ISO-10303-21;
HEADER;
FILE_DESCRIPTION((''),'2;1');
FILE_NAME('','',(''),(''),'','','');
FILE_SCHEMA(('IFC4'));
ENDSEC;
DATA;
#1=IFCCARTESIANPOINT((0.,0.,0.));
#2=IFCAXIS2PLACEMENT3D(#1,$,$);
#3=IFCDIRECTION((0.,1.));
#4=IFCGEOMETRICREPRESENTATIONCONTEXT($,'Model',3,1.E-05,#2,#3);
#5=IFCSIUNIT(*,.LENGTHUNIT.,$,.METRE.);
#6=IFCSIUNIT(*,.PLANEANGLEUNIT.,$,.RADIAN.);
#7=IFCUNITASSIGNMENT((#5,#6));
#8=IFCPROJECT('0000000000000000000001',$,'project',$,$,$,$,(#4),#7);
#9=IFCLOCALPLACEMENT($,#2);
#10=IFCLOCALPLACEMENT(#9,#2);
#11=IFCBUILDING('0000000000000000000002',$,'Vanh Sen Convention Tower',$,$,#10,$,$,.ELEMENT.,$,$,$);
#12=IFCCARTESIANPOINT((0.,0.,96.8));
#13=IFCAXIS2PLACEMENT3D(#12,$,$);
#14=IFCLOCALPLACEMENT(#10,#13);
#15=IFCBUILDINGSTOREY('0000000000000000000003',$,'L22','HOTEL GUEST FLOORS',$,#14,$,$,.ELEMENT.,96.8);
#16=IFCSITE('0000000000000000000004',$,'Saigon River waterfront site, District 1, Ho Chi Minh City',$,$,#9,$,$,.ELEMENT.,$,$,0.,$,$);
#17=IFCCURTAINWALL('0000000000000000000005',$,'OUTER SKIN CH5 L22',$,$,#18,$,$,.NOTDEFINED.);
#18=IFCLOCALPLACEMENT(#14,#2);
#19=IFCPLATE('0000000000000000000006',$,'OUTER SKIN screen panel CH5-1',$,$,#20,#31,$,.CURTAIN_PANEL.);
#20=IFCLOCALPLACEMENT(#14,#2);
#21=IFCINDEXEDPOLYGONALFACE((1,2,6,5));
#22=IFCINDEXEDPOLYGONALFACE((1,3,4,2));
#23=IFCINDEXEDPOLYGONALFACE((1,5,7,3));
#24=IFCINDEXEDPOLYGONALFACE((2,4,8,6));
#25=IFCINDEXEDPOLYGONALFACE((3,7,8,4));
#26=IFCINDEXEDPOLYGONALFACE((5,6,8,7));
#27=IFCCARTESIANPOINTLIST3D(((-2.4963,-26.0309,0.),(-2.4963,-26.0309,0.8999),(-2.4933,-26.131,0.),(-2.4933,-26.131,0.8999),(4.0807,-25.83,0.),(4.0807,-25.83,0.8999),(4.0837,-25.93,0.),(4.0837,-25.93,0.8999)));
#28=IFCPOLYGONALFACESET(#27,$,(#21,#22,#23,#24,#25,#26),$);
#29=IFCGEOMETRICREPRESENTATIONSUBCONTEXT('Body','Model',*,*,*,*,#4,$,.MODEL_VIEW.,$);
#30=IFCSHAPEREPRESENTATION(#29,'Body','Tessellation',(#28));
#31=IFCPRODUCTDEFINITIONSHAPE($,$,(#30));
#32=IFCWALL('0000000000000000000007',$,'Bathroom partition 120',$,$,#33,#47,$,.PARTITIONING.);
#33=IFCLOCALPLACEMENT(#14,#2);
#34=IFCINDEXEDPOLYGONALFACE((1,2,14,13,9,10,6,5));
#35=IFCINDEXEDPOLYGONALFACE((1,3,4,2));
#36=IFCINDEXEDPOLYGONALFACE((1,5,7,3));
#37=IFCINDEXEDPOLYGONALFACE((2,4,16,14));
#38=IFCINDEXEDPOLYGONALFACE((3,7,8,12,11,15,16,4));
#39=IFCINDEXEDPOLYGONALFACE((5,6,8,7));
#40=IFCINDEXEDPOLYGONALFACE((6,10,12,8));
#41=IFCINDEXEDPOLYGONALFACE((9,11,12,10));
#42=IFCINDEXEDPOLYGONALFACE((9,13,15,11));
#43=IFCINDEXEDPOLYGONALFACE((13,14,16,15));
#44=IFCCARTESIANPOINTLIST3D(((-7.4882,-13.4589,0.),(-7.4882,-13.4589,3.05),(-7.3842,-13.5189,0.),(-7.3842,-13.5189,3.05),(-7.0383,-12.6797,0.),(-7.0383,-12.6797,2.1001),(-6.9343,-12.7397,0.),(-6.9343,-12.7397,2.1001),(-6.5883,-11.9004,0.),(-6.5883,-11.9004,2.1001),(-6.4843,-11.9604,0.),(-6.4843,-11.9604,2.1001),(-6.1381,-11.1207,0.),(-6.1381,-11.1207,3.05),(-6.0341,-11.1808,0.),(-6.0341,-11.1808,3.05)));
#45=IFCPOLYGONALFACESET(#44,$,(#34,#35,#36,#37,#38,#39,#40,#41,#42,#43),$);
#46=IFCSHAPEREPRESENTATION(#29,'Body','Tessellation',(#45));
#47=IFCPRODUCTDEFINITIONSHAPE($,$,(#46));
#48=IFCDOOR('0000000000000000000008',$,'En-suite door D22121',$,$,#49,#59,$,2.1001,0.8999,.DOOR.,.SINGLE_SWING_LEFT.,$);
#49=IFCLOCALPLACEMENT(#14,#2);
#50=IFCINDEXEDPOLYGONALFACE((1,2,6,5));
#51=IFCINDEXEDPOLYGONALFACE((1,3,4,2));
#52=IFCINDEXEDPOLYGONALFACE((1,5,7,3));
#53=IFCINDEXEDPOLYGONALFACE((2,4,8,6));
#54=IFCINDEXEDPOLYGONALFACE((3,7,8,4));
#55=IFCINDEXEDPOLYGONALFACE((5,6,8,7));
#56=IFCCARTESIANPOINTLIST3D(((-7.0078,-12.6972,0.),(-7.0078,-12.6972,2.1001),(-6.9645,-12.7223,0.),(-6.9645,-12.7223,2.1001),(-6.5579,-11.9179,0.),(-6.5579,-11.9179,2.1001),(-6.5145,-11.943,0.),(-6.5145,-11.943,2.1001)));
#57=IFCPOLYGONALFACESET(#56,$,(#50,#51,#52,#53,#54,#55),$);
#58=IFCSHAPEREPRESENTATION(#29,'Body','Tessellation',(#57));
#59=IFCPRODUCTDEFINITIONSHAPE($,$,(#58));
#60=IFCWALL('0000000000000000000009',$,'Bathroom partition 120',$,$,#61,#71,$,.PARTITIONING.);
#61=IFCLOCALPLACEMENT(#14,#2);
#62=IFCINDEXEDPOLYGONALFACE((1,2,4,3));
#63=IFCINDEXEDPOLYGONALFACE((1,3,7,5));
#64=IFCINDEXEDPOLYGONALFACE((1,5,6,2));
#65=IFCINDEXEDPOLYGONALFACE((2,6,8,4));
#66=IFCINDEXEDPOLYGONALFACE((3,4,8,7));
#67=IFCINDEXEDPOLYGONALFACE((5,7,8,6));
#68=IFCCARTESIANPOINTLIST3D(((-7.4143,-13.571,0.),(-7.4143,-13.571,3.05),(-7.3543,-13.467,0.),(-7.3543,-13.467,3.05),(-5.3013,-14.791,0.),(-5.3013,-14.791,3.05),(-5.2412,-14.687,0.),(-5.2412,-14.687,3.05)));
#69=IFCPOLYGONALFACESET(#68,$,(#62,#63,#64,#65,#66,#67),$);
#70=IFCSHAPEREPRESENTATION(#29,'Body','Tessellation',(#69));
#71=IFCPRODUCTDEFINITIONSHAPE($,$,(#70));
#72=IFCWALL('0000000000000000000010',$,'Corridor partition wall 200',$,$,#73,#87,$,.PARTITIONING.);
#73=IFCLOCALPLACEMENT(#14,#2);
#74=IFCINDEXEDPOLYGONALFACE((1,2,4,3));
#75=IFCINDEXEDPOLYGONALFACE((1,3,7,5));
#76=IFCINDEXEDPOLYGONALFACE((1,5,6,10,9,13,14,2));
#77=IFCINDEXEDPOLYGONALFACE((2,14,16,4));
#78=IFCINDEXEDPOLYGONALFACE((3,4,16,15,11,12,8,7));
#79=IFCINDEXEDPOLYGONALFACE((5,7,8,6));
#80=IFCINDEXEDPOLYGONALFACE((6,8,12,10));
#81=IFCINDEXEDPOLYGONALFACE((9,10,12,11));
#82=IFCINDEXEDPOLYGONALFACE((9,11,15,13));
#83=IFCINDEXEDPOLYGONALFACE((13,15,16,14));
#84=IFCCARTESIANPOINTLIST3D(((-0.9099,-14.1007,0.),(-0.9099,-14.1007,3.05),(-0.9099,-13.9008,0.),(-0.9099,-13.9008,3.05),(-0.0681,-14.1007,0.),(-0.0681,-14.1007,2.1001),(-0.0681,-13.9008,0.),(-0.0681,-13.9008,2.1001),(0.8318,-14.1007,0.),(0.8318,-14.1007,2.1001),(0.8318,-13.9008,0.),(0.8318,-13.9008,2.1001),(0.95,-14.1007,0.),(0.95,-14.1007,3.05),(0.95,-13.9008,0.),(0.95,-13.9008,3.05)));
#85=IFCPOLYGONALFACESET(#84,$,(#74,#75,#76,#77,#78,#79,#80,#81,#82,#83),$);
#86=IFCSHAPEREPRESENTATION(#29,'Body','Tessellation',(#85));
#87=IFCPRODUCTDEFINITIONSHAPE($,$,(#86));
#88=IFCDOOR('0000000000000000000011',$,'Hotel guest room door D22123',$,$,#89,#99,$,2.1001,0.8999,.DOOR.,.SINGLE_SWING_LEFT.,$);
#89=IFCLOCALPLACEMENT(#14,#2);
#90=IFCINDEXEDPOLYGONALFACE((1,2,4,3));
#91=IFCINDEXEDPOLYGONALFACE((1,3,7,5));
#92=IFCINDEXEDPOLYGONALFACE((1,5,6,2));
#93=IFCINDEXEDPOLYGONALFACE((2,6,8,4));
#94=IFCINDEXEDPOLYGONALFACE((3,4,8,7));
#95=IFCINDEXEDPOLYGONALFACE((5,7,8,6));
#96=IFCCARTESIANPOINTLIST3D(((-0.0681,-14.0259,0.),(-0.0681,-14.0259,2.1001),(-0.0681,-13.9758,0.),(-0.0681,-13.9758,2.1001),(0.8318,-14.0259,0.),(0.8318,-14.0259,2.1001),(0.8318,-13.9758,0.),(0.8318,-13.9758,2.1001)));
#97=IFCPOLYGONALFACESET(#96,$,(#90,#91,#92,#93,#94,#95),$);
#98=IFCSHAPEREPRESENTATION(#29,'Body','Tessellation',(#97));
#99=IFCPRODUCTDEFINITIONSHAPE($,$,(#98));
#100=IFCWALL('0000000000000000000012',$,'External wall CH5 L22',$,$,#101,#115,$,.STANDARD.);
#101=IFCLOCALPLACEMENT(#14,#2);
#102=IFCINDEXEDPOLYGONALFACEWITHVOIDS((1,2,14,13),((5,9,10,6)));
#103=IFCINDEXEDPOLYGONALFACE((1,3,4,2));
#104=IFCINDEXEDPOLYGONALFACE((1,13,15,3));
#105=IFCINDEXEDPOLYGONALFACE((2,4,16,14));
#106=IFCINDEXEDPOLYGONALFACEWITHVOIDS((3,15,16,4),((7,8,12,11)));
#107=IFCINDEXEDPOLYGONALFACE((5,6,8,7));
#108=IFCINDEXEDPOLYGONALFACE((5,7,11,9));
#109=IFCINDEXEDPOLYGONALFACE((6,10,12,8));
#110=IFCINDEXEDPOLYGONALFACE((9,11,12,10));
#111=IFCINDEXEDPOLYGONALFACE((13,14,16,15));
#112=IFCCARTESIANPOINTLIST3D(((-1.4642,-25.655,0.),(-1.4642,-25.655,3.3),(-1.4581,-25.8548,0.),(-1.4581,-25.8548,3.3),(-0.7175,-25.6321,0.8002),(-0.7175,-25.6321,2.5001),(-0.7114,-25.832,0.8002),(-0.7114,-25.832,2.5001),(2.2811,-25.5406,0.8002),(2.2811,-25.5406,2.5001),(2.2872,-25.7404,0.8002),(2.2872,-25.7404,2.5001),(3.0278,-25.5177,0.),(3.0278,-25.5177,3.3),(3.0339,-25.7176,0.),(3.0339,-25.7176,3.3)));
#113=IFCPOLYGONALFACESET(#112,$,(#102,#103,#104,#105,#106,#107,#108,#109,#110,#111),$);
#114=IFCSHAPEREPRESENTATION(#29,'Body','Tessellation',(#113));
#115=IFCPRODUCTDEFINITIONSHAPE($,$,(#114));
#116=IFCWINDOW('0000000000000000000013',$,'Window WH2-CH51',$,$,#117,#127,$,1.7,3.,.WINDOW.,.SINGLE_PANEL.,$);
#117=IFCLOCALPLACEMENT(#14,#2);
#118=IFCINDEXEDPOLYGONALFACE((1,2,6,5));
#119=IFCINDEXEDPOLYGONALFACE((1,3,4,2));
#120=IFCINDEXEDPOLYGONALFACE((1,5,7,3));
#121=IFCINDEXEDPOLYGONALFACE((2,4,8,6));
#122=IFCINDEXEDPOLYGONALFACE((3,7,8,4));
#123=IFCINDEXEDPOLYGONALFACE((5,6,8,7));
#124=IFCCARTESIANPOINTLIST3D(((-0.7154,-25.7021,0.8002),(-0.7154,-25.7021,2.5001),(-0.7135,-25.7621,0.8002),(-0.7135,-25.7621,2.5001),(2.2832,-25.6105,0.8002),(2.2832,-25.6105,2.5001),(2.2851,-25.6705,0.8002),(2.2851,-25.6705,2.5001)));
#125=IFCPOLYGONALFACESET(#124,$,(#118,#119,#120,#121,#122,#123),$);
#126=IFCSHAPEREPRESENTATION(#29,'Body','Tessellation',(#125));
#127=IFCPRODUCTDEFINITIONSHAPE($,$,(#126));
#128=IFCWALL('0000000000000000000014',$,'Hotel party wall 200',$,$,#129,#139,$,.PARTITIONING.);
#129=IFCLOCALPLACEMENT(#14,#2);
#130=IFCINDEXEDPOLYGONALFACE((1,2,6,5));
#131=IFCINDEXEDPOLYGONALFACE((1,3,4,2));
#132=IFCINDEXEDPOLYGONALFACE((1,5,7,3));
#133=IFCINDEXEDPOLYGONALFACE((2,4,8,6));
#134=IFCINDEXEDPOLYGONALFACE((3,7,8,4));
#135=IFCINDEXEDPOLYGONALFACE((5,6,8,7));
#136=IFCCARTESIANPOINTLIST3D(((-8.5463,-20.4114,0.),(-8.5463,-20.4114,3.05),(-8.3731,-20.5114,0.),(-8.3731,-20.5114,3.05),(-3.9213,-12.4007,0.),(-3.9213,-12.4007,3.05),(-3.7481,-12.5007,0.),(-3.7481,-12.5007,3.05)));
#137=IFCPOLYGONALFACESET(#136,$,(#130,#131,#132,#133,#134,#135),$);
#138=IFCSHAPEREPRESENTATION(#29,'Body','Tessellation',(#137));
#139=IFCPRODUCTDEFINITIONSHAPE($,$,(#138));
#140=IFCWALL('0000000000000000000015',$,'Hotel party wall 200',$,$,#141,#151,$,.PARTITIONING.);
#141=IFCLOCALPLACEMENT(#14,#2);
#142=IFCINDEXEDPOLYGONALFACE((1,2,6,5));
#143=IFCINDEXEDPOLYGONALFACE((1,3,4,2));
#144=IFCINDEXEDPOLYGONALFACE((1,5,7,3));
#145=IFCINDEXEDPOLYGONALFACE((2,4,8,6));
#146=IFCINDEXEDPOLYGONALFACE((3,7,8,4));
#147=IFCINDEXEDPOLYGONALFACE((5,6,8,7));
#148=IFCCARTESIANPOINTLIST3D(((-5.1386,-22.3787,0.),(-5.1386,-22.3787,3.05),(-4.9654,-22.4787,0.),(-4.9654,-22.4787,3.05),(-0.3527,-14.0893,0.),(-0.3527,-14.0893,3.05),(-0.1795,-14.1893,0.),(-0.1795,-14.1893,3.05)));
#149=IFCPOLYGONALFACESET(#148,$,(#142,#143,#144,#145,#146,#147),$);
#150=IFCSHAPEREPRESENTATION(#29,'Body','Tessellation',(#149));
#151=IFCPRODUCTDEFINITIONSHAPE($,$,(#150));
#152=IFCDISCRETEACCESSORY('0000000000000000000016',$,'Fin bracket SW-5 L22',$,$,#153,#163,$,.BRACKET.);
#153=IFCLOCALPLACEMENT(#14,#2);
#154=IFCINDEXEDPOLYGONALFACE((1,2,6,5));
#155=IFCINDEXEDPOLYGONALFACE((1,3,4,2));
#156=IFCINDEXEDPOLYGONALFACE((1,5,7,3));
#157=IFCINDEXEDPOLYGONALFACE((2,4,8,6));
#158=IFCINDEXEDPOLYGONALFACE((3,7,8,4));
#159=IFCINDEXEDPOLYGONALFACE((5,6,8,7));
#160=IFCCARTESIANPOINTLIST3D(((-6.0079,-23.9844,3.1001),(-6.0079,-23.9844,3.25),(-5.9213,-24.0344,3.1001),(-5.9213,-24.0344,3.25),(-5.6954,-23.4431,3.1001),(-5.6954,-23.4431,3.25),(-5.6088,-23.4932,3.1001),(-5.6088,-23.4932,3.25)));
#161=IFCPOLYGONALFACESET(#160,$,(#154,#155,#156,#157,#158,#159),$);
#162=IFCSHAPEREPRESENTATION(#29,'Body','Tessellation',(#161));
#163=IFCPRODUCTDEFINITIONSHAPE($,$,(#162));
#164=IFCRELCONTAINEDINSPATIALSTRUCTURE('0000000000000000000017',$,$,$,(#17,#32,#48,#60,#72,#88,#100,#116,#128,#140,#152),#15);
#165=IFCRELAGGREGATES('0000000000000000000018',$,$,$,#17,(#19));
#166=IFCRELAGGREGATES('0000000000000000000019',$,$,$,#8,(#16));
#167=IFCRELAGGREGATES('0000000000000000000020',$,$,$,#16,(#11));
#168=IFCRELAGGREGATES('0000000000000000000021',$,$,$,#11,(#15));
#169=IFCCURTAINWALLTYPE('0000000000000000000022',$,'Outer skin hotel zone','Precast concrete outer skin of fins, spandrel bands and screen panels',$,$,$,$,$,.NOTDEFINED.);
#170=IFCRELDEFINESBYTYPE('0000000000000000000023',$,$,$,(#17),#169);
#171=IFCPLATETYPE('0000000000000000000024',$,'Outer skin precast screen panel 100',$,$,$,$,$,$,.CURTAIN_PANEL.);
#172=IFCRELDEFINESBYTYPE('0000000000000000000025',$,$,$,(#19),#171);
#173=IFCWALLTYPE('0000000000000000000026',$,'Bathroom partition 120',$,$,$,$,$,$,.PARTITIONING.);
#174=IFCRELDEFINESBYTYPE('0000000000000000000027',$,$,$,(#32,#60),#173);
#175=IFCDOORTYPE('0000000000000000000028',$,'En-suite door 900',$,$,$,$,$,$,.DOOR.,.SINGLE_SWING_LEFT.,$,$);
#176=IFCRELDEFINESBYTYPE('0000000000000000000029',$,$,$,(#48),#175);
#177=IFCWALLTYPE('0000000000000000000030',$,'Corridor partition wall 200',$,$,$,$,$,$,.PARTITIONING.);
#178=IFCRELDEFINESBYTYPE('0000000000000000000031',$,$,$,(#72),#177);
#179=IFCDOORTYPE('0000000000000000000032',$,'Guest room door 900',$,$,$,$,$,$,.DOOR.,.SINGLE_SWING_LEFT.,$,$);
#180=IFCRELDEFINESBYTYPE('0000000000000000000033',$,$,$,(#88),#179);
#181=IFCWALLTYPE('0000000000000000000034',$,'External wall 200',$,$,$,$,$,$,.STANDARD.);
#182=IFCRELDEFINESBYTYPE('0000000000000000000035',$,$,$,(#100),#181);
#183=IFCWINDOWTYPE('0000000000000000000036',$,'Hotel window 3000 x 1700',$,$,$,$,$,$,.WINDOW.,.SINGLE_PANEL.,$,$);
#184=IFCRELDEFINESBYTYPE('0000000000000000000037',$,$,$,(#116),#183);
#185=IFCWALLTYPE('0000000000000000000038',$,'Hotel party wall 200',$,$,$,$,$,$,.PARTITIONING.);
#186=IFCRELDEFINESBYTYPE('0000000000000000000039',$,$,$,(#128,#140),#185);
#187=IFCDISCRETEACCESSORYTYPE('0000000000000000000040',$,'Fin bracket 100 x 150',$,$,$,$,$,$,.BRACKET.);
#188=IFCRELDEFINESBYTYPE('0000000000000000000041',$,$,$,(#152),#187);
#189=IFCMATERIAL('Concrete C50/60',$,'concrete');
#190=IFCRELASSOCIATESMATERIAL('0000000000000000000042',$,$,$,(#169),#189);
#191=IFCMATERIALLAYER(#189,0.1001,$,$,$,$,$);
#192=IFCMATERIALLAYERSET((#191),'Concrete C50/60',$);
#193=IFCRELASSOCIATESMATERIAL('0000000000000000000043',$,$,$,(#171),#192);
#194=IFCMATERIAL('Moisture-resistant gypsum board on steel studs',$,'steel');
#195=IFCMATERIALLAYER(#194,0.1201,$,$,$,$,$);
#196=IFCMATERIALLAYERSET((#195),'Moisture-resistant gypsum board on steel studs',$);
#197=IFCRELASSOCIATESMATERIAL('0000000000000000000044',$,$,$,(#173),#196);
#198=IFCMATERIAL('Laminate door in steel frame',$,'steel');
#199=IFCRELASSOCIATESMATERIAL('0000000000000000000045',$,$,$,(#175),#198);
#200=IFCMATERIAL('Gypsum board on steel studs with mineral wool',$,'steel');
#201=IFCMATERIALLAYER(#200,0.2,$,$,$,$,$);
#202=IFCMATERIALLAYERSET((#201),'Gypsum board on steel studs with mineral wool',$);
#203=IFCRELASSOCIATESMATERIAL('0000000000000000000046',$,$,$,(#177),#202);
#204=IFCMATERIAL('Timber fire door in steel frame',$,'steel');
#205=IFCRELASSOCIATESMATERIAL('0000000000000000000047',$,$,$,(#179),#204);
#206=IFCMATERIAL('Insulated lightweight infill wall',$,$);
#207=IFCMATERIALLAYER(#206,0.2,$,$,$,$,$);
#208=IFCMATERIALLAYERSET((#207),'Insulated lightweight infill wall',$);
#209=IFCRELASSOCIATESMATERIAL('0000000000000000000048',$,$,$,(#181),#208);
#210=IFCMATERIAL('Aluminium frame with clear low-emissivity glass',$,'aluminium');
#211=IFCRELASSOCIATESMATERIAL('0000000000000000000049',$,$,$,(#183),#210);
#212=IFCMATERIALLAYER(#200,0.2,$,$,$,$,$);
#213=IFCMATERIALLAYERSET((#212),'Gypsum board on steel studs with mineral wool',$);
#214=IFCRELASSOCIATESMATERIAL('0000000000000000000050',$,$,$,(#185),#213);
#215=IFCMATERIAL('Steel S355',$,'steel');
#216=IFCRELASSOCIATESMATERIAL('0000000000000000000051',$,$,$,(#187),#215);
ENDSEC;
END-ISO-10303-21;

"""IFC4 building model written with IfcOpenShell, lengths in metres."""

from ifc_helpers import new_model, si_unit, direction, frame, frame_2d, origin, origin_2d, place, context, subcontext, project, spatial, rectangle, extrude, material, layer, layer_set, type_object, element, fill, aggregate, save


model = new_model("IFC4")

# Units and contexts
model_context = context("Model", 3, precision=1e-05, world=origin(), true_north=direction((0.0, 1.0)))
body_context = subcontext(model_context, "Body", "Model", "MODEL_VIEW")
ifc_project = project(units=[si_unit("LENGTHUNIT", "METRE"), si_unit("PLANEANGLEUNIT", "RADIAN")], contexts=[model_context])

# Site, building, storey
site_placement = place(None, origin())
site = spatial("IfcSite", under=ifc_project, at=site_placement, Name="Saigon River waterfront site, District 1, Ho Chi Minh City", CompositionType="ELEMENT", RefElevation=0.0)
building_placement = place(site_placement, origin())
building = spatial("IfcBuilding", under=site, at=building_placement, Name="Vanh Sen Convention Tower", CompositionType="ELEMENT")
storey_placement = place(building_placement, frame((0.0, 0.0, 96.8)))
storey = spatial("IfcBuildingStorey", under=building, at=storey_placement, Name="L22", Description="HOTEL GUEST FLOORS", CompositionType="ELEMENT", Elevation=96.8)

# Shared definitions
ifc_material_1 = material(Name="Concrete C50/60", Category="concrete")
curtain_wall_type = type_object("IfcCurtainWallType", Name="Outer skin hotel zone", Description="Precast concrete outer skin of fins, spandrel bands and screen panels", PredefinedType="NOTDEFINED", material=ifc_material_1)

# Curtain wall
curtain_wall_1_placement = place(storey_placement, origin())
curtain_wall_1 = element("IfcCurtainWall", 1, at=curtain_wall_1_placement, inside=storey, type_object=curtain_wall_type, Name="OUTER SKIN CH5 L22", PredefinedType="NOTDEFINED")

# Plate
ifc_layer_1 = layer(ifc_material_1, 0.1001)
ifc_layer_set_1 = layer_set([ifc_layer_1], Name="Concrete C50/60")
plate_type = type_object("IfcPlateType", Name="Outer skin precast screen panel 100", PredefinedType="CURTAIN_PANEL", material=ifc_layer_set_1)
plate_1_placement = place(storey_placement, frame((0.7937, -25.9805, 0.0), z_axis=(0.0, 0.0, 1.0), x_axis=(0.999533, 0.030542, 0.0)))
plate_1 = element("IfcPlate", 2, at=plate_1_placement, type_object=plate_type, Name="OUTER SKIN screen panel CH5-1", PredefinedType="CURTAIN_PANEL", context=body_context, shape_type="SweptSolid", body=[
    extrude(rectangle(XDim=6.5801, YDim=0.1001, at=origin_2d()), origin(), (0.0, 0.0, 1.0), 0.8999),
])
aggregate(curtain_wall_1, [plate_1])

# Wall, opening, door
ifc_material_2 = material(Name="Moisture-resistant gypsum board on steel studs", Category="steel")
ifc_layer_2 = layer(ifc_material_2, 0.1201)
ifc_layer_set_2 = layer_set([ifc_layer_2], Name="Moisture-resistant gypsum board on steel studs")
wall_type_1 = type_object("IfcWallType", Name="Bathroom partition 120", PredefinedType="PARTITIONING", material=ifc_layer_set_2)
wall_1_placement = place(storey_placement, frame((-7.4363, -13.489, 0.0), z_axis=(0.0, 0.0, 1.0), x_axis=(0.500049, 0.865997, 0.0)))
wall_1 = element("IfcWall", 3, at=wall_1_placement, inside=storey, type_object=wall_type_1, Name="Bathroom partition 120", PredefinedType="PARTITIONING", context=body_context, shape_type="SweptSolid", body=[
    extrude(rectangle(XDim=2.7, YDim=0.1201, at=frame_2d((1.3501, 0.0))), origin(), (0.0, 0.0, 1.0), 3.05),
])
opening_1_placement = place(wall_1_placement, frame((0.8999, 0.0, 0.0)))
opening_1 = element("IfcOpeningElement", 4, at=opening_1_placement, cuts=wall_1, PredefinedType="OPENING", context=body_context, shape_type="SweptSolid", body=[
    extrude(rectangle(XDim=0.8999, YDim=2.1001, at=frame_2d((0.45, 1.05))), frame((0.0, 0.0701, 0.0), z_axis=(0.0, -1.0, 0.0), x_axis=(1.0, 0.0, 0.0)), (0.0, 0.0, 1.0), 0.1401),
])
ifc_material_3 = material(Name="Laminate door in steel frame", Category="steel")
door_type_1 = type_object("IfcDoorType", Name="En-suite door 900", OperationType="SINGLE_SWING_LEFT", PredefinedType="DOOR", material=ifc_material_3)
door_1_placement = place(opening_1_placement, origin())
door_1 = element("IfcDoor", 5, at=door_1_placement, inside=storey, type_object=door_type_1, Name="En-suite door D22121", OperationType="SINGLE_SWING_LEFT", OverallHeight=2.1001, OverallWidth=0.8999, PredefinedType="DOOR", context=body_context, shape_type="SweptSolid", body=[
    extrude(rectangle(XDim=0.8999, YDim=2.1001, at=frame_2d((0.45, 1.05))), frame((0.0, 0.0249, 0.0), z_axis=(0.0, -1.0, 0.0), x_axis=(1.0, 0.0, 0.0)), (0.0, 0.0, 1.0), 0.05),
])
fill(opening_1, door_1)

# Wall
wall_2_placement = place(storey_placement, frame((-5.2712, -14.739, 0.0), z_axis=(0.0, 0.0, 1.0), x_axis=(-0.866024, 0.500003, 0.0)))
element("IfcWall", 6, at=wall_2_placement, inside=storey, type_object=wall_type_1, Name="Bathroom partition 120", PredefinedType="PARTITIONING", context=body_context, shape_type="SweptSolid", body=[
    extrude(rectangle(XDim=2.4399, YDim=0.1201, at=frame_2d((1.22, 0.0))), origin(), (0.0, 0.0, 1.0), 3.05),
])

# Wall, opening, door
ifc_material_4 = material(Name="Gypsum board on steel studs with mineral wool", Category="steel")
ifc_layer_3 = layer(ifc_material_4, 0.2)
ifc_layer_set_3 = layer_set([ifc_layer_3], Name="Gypsum board on steel studs with mineral wool")
wall_type_2 = type_object("IfcWallType", Name="Corridor partition wall 200", PredefinedType="PARTITIONING", material=ifc_layer_set_3)
wall_3_placement = place(storey_placement, frame((-0.9099, -14.0007, 0.0), z_axis=(0.0, 0.0, 1.0), x_axis=(1.0, 0.0, 0.0)))
wall_3 = element("IfcWall", 7, at=wall_3_placement, inside=storey, type_object=wall_type_2, Name="Corridor partition wall 200", PredefinedType="PARTITIONING", context=body_context, shape_type="SweptSolid", body=[
    extrude(rectangle(XDim=1.8599, YDim=0.2, at=frame_2d((0.9299, 0.0))), origin(), (0.0, 0.0, 1.0), 3.05),
])
opening_2_placement = place(wall_3_placement, frame((0.8418, 0.0, 0.0)))
opening_2 = element("IfcOpeningElement", 8, at=opening_2_placement, cuts=wall_3, PredefinedType="OPENING", context=body_context, shape_type="SweptSolid", body=[
    extrude(rectangle(XDim=0.8999, YDim=2.1001, at=frame_2d((0.45, 1.05))), frame((0.0, 0.1099, 0.0), z_axis=(0.0, -1.0, 0.0), x_axis=(1.0, 0.0, 0.0)), (0.0, 0.0, 1.0), 0.22),
])
ifc_material_5 = material(Name="Timber fire door in steel frame", Category="steel")
door_type_2 = type_object("IfcDoorType", Name="Guest room door 900", OperationType="SINGLE_SWING_LEFT", PredefinedType="DOOR", material=ifc_material_5)
door_2_placement = place(opening_2_placement, origin())
door_2 = element("IfcDoor", 9, at=door_2_placement, inside=storey, type_object=door_type_2, Name="Hotel guest room door D22123", OperationType="SINGLE_SWING_LEFT", OverallHeight=2.1001, OverallWidth=0.8999, PredefinedType="DOOR", context=body_context, shape_type="SweptSolid", body=[
    extrude(rectangle(XDim=0.8999, YDim=2.1001, at=frame_2d((0.45, 1.05))), frame((0.0, 0.0249, 0.0), z_axis=(0.0, -1.0, 0.0), x_axis=(1.0, 0.0, 0.0)), (0.0, 0.0, 1.0), 0.05),
])
fill(opening_2, door_2)

# Wall, opening, window
ifc_material_6 = material(Name="Insulated lightweight infill wall")
ifc_layer_4 = layer(ifc_material_6, 0.2)
ifc_layer_set_4 = layer_set([ifc_layer_4], Name="Insulated lightweight infill wall")
wall_type_3 = type_object("IfcWallType", Name="External wall 200", PredefinedType="STANDARD", material=ifc_layer_set_4)
wall_4_placement = place(storey_placement, frame((-1.4612, -25.7549, 0.0), z_axis=(0.0, 0.0, 1.0), x_axis=(0.999534, 0.030531, 0.0)))
wall_4 = element("IfcWall", 10, at=wall_4_placement, inside=storey, type_object=wall_type_3, Name="External wall CH5 L22", PredefinedType="STANDARD", context=body_context, shape_type="SweptSolid", body=[
    extrude(rectangle(XDim=4.4941, YDim=0.2, at=frame_2d((2.2471, 0.0))), origin(), (0.0, 0.0, 1.0), 3.3),
])
opening_3_placement = place(wall_4_placement, frame((0.7471, 0.0, 0.8)))
opening_3 = element("IfcOpeningElement", 11, at=opening_3_placement, cuts=wall_4, PredefinedType="OPENING", context=body_context, shape_type="SweptSolid", body=[
    extrude(rectangle(XDim=3.0, YDim=1.7, at=frame_2d((1.5, 0.8501))), frame((0.0, 0.1099, 0.0), z_axis=(0.0, -1.0, 0.0), x_axis=(1.0, 0.0, 0.0)), (0.0, 0.0, 1.0), 0.22),
])
ifc_material_7 = material(Name="Aluminium frame with clear low-emissivity glass", Category="aluminium")
window_type = type_object("IfcWindowType", Name="Hotel window 3000 x 1700", PartitioningType="SINGLE_PANEL", PredefinedType="WINDOW", material=ifc_material_7)
window_placement = place(opening_3_placement, origin())
window = element("IfcWindow", 12, at=window_placement, inside=storey, type_object=window_type, Name="Window WH2-CH51", OverallHeight=1.7, OverallWidth=3.0, PartitioningType="SINGLE_PANEL", PredefinedType="WINDOW", context=body_context, shape_type="SweptSolid", body=[
    extrude(rectangle(XDim=3.0, YDim=1.7, at=frame_2d((1.5, 0.8501))), frame((0.0, 0.03, 0.0), z_axis=(0.0, -1.0, 0.0), x_axis=(1.0, 0.0, 0.0)), (0.0, 0.0, 1.0), 0.0601),
])
fill(opening_3, window)

# Walls
ifc_layer_5 = layer(ifc_material_4, 0.2)
ifc_layer_set_5 = layer_set([ifc_layer_5], Name="Gypsum board on steel studs with mineral wool")
wall_type_4 = type_object("IfcWallType", Name="Hotel party wall 200", PredefinedType="PARTITIONING", material=ifc_layer_set_5)
wall_5_placement = place(storey_placement, frame((-8.4597, -20.4614, 0.0), z_axis=(0.0, 0.0, 1.0), x_axis=(0.5, 0.866026, 0.0)))
element("IfcWall", 13, at=wall_5_placement, inside=storey, type_object=wall_type_4, Name="Hotel party wall 200", PredefinedType="PARTITIONING", context=body_context, shape_type="SweptSolid", body=[
    extrude(rectangle(XDim=9.25, YDim=0.2, at=frame_2d((4.625, 0.0))), origin(), (0.0, 0.0, 1.0), 3.05),
])
wall_6_placement = place(storey_placement, frame((-5.052, -22.4287, 0.0), z_axis=(0.0, 0.0, 1.0), x_axis=(0.500004, 0.866023, 0.0)))
element("IfcWall", 14, at=wall_6_placement, inside=storey, type_object=wall_type_4, Name="Hotel party wall 200", PredefinedType="PARTITIONING", context=body_context, shape_type="SweptSolid", body=[
    extrude(rectangle(XDim=9.5718, YDim=0.2, at=frame_2d((4.7859, 0.0))), origin(), (0.0, 0.0, 1.0), 3.05),
])

# Discrete accessory
ifc_material_8 = material(Name="Steel S355", Category="steel")
discrete_accessory_type = type_object("IfcDiscreteAccessoryType", Name="Fin bracket 100 x 150", PredefinedType="BRACKET", material=ifc_material_8)
discrete_accessory_placement = place(storey_placement, frame((-5.8083, -23.7388, 3.1001), z_axis=(0.0, 0.0, 1.0), x_axis=(-0.5, -0.866025, 0.0)))
element("IfcDiscreteAccessory", 15, at=discrete_accessory_placement, inside=storey, type_object=discrete_accessory_type, Name="Fin bracket SW-5 L22", PredefinedType="BRACKET", context=body_context, shape_type="SweptSolid", body=[
    extrude(rectangle(XDim=0.625, YDim=0.1001, at=origin_2d()), origin(), (0.0, 0.0, 1.0), 0.1499),
])

save(model, "model.ifc")
